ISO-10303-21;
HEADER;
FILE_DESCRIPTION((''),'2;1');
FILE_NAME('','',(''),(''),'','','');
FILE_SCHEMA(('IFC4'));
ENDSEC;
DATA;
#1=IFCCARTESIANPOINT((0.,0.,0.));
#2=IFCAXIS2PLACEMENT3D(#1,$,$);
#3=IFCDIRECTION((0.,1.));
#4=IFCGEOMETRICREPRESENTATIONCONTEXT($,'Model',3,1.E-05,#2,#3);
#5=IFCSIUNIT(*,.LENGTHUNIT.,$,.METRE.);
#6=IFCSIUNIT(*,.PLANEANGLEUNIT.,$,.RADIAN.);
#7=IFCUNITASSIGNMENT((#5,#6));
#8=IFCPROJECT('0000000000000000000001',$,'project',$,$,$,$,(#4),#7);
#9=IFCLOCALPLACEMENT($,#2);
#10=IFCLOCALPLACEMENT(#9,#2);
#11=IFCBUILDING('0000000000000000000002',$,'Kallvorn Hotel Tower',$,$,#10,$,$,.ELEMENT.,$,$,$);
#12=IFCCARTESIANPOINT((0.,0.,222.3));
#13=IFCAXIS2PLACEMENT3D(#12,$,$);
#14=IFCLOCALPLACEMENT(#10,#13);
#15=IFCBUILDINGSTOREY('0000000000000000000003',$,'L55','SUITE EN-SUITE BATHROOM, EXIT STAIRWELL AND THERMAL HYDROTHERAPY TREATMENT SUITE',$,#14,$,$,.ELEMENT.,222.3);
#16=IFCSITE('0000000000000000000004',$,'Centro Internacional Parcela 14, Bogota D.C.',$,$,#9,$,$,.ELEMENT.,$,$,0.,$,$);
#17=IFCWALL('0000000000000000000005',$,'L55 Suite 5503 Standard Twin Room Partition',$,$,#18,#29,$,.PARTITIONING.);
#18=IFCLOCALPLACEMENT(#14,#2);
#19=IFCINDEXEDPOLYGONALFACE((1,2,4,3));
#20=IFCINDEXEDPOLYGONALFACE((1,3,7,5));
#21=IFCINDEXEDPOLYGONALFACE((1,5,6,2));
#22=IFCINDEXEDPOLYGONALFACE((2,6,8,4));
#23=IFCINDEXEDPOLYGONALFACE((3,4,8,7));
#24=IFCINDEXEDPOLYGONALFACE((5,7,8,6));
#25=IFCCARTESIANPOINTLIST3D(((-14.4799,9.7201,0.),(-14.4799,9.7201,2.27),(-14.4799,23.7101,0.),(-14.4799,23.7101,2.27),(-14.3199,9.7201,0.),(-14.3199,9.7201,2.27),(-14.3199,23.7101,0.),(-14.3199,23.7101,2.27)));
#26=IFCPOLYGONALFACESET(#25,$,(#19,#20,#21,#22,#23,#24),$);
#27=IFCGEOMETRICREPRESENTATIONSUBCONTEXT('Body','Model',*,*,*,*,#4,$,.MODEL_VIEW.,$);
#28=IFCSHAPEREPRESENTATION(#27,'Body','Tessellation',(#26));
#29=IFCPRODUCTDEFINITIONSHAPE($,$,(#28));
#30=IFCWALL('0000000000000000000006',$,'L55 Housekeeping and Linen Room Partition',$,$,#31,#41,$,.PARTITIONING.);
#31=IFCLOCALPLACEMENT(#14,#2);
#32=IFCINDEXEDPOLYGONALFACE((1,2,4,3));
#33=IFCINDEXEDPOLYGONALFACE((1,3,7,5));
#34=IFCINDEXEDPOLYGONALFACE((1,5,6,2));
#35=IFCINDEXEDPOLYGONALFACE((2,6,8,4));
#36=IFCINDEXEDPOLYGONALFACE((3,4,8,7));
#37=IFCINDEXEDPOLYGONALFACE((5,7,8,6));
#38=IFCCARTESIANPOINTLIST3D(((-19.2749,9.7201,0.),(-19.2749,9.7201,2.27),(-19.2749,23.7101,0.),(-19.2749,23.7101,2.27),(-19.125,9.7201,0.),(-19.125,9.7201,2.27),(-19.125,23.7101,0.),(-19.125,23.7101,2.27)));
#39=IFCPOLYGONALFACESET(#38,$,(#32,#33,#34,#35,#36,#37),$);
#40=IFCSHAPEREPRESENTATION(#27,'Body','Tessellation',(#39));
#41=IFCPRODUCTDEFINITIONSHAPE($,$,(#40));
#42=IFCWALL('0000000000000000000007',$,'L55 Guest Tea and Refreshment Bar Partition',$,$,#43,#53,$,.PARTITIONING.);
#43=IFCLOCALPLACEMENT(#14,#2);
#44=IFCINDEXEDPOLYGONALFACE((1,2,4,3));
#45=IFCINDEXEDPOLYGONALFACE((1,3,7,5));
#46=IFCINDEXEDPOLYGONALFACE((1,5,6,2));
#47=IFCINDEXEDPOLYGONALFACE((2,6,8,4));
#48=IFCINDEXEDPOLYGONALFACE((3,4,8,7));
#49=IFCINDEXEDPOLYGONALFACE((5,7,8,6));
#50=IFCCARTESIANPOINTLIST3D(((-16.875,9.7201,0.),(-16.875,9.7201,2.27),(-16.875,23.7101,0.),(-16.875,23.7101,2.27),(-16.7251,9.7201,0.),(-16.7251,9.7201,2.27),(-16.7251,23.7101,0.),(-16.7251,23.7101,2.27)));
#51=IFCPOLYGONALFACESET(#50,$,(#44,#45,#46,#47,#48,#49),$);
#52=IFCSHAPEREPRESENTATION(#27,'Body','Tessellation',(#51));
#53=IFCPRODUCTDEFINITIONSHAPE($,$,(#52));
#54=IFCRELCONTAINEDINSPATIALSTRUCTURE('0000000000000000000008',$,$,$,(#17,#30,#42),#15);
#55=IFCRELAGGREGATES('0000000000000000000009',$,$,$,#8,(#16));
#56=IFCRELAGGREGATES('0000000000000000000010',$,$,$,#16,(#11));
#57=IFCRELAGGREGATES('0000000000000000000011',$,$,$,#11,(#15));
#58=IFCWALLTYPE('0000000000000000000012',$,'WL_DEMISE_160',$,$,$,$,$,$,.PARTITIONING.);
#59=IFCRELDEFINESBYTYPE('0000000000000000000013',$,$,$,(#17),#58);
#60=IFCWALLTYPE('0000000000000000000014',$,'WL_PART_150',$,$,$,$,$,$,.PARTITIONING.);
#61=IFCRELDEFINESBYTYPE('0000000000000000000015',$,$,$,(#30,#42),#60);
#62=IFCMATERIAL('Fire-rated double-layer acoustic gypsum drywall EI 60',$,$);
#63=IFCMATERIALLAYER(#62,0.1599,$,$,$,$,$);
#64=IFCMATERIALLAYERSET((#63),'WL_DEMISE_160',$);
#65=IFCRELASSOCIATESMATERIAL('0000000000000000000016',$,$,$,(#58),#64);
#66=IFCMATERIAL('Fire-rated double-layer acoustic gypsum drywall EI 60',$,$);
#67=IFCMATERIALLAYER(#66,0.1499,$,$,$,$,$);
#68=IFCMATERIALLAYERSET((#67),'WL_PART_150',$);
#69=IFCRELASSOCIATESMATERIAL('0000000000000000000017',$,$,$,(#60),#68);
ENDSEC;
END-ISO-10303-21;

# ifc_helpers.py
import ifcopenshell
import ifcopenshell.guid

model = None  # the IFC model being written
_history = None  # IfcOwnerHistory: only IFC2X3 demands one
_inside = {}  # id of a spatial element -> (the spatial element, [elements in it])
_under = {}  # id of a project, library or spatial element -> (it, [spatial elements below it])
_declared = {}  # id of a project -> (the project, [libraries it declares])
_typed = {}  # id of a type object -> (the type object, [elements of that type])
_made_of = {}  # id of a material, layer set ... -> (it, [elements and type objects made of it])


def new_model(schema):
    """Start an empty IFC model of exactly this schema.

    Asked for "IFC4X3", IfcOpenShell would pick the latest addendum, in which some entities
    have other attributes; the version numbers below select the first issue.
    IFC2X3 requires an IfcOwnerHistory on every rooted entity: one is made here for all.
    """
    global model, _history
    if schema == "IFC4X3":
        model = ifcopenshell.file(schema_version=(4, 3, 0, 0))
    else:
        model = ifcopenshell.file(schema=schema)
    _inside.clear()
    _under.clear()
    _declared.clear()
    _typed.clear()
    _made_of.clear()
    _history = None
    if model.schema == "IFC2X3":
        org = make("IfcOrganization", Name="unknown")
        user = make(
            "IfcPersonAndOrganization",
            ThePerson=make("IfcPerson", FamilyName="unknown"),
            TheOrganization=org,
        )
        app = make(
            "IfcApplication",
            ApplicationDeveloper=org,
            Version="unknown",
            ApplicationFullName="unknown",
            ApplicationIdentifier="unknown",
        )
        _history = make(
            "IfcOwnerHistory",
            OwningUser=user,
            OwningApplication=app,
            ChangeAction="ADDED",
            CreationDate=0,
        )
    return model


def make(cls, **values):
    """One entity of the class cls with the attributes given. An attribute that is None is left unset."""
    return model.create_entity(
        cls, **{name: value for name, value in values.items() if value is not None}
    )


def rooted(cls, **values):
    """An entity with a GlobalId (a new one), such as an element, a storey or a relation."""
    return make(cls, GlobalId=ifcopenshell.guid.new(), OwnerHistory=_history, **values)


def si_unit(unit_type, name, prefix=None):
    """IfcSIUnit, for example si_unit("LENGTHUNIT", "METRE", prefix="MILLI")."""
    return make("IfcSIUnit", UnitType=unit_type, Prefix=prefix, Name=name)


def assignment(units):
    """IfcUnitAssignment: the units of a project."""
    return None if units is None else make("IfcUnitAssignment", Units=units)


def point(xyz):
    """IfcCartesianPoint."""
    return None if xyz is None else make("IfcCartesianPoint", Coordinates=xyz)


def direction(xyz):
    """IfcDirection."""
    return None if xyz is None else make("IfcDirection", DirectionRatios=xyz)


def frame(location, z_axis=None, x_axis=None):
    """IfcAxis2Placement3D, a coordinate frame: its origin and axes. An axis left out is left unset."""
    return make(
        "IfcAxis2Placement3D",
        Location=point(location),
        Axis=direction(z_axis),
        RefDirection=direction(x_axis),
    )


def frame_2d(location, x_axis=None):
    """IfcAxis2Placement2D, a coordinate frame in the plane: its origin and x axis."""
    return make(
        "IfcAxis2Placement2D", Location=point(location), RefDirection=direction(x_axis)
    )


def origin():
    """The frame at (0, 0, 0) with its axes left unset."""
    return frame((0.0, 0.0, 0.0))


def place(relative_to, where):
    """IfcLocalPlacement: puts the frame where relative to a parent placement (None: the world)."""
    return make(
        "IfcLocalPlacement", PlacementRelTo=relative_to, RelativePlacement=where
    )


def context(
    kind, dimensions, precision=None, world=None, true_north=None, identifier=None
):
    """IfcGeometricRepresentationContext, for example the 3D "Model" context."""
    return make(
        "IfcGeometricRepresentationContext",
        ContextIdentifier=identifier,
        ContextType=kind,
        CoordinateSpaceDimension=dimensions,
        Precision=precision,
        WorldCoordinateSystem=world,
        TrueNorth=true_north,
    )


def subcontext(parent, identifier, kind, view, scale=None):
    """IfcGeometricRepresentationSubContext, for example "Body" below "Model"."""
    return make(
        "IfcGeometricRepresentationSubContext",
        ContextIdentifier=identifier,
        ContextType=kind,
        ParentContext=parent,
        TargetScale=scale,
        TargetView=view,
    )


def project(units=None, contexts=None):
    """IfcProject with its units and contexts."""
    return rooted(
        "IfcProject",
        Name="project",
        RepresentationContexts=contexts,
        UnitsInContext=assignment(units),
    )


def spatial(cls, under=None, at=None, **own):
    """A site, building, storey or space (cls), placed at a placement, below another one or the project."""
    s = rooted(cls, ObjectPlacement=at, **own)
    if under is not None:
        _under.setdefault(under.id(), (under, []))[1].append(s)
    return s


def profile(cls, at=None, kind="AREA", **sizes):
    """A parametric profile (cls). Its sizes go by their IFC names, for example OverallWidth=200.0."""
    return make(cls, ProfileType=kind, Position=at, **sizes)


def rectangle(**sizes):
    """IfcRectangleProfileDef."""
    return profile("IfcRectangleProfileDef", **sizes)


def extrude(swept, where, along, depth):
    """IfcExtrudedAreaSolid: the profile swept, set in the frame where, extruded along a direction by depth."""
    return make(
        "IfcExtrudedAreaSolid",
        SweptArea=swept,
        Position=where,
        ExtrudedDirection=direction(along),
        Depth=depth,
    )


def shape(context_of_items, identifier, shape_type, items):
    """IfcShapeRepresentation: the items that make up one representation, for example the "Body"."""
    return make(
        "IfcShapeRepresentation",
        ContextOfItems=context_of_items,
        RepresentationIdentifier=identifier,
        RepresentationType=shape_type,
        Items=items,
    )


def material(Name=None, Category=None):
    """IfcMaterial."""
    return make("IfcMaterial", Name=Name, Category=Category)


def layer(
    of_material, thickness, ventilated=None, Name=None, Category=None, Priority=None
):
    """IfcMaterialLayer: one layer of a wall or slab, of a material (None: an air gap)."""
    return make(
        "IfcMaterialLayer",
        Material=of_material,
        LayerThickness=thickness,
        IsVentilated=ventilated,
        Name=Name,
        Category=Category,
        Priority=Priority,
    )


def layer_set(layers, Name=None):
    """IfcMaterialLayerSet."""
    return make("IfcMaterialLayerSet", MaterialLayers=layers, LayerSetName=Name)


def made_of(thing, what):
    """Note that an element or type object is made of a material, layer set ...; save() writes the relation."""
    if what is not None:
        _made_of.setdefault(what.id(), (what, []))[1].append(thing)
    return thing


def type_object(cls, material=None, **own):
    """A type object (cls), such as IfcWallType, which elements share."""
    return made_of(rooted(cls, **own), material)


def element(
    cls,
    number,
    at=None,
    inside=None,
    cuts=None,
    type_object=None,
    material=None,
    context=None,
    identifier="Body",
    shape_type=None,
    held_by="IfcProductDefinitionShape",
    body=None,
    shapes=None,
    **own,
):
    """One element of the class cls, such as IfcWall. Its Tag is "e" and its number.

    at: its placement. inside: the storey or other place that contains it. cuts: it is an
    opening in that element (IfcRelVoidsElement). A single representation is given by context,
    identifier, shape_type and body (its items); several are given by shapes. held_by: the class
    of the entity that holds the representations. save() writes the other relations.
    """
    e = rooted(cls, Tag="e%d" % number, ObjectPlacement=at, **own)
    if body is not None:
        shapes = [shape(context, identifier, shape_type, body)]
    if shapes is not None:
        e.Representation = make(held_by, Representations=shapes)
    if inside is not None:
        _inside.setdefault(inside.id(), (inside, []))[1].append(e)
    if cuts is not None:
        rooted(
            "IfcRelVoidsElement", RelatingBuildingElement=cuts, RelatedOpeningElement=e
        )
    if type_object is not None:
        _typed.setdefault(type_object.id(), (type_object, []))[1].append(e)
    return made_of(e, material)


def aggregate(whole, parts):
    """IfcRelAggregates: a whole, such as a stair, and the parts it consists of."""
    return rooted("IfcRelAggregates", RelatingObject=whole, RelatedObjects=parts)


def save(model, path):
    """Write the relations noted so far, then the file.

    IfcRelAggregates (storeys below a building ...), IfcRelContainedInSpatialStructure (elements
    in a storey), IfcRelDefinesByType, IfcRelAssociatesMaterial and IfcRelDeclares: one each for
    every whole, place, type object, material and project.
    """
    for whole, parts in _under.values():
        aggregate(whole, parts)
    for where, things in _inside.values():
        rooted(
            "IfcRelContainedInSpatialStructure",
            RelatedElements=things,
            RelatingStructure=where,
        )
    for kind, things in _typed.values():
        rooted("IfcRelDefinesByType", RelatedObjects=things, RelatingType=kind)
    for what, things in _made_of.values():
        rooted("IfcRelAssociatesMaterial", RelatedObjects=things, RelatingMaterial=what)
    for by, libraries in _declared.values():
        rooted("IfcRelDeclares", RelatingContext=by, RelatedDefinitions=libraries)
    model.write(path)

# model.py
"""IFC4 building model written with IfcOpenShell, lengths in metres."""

from ifc_helpers import new_model, si_unit, direction, frame, frame_2d, origin, place, context, subcontext, project, spatial, rectangle, extrude, material, layer, layer_set, type_object, element, save


model = new_model("IFC4")

# Units and contexts
model_context = context("Model", 3, precision=1e-05, world=origin(), true_north=direction((0.0, 1.0)))
body_context = subcontext(model_context, "Body", "Model", "MODEL_VIEW")
ifc_project = project(units=[si_unit("LENGTHUNIT", "METRE"), si_unit("PLANEANGLEUNIT", "RADIAN")], contexts=[model_context])

# Site, building, storey
site_placement = place(None, origin())
site = spatial("IfcSite", under=ifc_project, at=site_placement, Name="Centro Internacional Parcela 14, Bogota D.C.", CompositionType="ELEMENT", RefElevation=0.0)
building_placement = place(site_placement, origin())
building = spatial("IfcBuilding", under=site, at=building_placement, Name="Kallvorn Hotel Tower", CompositionType="ELEMENT")
storey_placement = place(building_placement, frame((0.0, 0.0, 222.3)))
storey = spatial("IfcBuildingStorey", under=building, at=storey_placement, Name="L55", Description="SUITE EN-SUITE BATHROOM, EXIT STAIRWELL AND THERMAL HYDROTHERAPY TREATMENT SUITE", CompositionType="ELEMENT", Elevation=222.3)

# Shared definitions
ifc_material_1 = material(Name="Fire-rated double-layer acoustic gypsum drywall EI 60")
ifc_layer_1 = layer(ifc_material_1, 0.1599)
ifc_layer_set_1 = layer_set([ifc_layer_1], Name="WL_DEMISE_160")
wall_type_1 = type_object("IfcWallType", Name="WL_DEMISE_160", PredefinedType="PARTITIONING", material=ifc_layer_set_1)

# Walls
wall_1_placement = place(storey_placement, frame((-14.3999, 9.72, 0.0), z_axis=(0.0, 0.0, 1.0), x_axis=(0.0, 1.0, 0.0)))
element("IfcWall", 1, at=wall_1_placement, inside=storey, type_object=wall_type_1, Name="L55 Suite 5503 Standard Twin Room Partition", PredefinedType="PARTITIONING", context=body_context, shape_type="SweptSolid", body=[
    extrude(rectangle(XDim=13.99, YDim=0.1599, at=frame_2d((6.9951, 0.0))), origin(), (0.0, 0.0, 1.0), 2.27),
])
ifc_material_2 = material(Name="Fire-rated double-layer acoustic gypsum drywall EI 60")
ifc_layer_2 = layer(ifc_material_2, 0.1499)
ifc_layer_set_2 = layer_set([ifc_layer_2], Name="WL_PART_150")
wall_type_2 = type_object("IfcWallType", Name="WL_PART_150", PredefinedType="PARTITIONING", material=ifc_layer_set_2)
for number, where, z_axis, x_axis, name in (
    (2, (-19.2, 9.72, 0.0), (0.0, 0.0, 1.0), (0.0, 1.0, 0.0), "L55 Housekeeping and Linen Room Partition"),
    (3, (-16.8, 9.72, 0.0), (0.0, 0.0, 1.0), (0.0, 1.0, 0.0), "L55 Guest Tea and Refreshment Bar Partition"),
):
    element("IfcWall", number, at=place(storey_placement, frame(where, z_axis=z_axis, x_axis=x_axis)), inside=storey, type_object=wall_type_2, Name=name, PredefinedType="PARTITIONING", context=body_context, shape_type="SweptSolid", body=[
        extrude(rectangle(XDim=13.99, YDim=0.1499, at=frame_2d((6.9951, 0.0))), origin(), (0.0, 0.0, 1.0), 2.27),
    ])

save(model, "model.ifc")
